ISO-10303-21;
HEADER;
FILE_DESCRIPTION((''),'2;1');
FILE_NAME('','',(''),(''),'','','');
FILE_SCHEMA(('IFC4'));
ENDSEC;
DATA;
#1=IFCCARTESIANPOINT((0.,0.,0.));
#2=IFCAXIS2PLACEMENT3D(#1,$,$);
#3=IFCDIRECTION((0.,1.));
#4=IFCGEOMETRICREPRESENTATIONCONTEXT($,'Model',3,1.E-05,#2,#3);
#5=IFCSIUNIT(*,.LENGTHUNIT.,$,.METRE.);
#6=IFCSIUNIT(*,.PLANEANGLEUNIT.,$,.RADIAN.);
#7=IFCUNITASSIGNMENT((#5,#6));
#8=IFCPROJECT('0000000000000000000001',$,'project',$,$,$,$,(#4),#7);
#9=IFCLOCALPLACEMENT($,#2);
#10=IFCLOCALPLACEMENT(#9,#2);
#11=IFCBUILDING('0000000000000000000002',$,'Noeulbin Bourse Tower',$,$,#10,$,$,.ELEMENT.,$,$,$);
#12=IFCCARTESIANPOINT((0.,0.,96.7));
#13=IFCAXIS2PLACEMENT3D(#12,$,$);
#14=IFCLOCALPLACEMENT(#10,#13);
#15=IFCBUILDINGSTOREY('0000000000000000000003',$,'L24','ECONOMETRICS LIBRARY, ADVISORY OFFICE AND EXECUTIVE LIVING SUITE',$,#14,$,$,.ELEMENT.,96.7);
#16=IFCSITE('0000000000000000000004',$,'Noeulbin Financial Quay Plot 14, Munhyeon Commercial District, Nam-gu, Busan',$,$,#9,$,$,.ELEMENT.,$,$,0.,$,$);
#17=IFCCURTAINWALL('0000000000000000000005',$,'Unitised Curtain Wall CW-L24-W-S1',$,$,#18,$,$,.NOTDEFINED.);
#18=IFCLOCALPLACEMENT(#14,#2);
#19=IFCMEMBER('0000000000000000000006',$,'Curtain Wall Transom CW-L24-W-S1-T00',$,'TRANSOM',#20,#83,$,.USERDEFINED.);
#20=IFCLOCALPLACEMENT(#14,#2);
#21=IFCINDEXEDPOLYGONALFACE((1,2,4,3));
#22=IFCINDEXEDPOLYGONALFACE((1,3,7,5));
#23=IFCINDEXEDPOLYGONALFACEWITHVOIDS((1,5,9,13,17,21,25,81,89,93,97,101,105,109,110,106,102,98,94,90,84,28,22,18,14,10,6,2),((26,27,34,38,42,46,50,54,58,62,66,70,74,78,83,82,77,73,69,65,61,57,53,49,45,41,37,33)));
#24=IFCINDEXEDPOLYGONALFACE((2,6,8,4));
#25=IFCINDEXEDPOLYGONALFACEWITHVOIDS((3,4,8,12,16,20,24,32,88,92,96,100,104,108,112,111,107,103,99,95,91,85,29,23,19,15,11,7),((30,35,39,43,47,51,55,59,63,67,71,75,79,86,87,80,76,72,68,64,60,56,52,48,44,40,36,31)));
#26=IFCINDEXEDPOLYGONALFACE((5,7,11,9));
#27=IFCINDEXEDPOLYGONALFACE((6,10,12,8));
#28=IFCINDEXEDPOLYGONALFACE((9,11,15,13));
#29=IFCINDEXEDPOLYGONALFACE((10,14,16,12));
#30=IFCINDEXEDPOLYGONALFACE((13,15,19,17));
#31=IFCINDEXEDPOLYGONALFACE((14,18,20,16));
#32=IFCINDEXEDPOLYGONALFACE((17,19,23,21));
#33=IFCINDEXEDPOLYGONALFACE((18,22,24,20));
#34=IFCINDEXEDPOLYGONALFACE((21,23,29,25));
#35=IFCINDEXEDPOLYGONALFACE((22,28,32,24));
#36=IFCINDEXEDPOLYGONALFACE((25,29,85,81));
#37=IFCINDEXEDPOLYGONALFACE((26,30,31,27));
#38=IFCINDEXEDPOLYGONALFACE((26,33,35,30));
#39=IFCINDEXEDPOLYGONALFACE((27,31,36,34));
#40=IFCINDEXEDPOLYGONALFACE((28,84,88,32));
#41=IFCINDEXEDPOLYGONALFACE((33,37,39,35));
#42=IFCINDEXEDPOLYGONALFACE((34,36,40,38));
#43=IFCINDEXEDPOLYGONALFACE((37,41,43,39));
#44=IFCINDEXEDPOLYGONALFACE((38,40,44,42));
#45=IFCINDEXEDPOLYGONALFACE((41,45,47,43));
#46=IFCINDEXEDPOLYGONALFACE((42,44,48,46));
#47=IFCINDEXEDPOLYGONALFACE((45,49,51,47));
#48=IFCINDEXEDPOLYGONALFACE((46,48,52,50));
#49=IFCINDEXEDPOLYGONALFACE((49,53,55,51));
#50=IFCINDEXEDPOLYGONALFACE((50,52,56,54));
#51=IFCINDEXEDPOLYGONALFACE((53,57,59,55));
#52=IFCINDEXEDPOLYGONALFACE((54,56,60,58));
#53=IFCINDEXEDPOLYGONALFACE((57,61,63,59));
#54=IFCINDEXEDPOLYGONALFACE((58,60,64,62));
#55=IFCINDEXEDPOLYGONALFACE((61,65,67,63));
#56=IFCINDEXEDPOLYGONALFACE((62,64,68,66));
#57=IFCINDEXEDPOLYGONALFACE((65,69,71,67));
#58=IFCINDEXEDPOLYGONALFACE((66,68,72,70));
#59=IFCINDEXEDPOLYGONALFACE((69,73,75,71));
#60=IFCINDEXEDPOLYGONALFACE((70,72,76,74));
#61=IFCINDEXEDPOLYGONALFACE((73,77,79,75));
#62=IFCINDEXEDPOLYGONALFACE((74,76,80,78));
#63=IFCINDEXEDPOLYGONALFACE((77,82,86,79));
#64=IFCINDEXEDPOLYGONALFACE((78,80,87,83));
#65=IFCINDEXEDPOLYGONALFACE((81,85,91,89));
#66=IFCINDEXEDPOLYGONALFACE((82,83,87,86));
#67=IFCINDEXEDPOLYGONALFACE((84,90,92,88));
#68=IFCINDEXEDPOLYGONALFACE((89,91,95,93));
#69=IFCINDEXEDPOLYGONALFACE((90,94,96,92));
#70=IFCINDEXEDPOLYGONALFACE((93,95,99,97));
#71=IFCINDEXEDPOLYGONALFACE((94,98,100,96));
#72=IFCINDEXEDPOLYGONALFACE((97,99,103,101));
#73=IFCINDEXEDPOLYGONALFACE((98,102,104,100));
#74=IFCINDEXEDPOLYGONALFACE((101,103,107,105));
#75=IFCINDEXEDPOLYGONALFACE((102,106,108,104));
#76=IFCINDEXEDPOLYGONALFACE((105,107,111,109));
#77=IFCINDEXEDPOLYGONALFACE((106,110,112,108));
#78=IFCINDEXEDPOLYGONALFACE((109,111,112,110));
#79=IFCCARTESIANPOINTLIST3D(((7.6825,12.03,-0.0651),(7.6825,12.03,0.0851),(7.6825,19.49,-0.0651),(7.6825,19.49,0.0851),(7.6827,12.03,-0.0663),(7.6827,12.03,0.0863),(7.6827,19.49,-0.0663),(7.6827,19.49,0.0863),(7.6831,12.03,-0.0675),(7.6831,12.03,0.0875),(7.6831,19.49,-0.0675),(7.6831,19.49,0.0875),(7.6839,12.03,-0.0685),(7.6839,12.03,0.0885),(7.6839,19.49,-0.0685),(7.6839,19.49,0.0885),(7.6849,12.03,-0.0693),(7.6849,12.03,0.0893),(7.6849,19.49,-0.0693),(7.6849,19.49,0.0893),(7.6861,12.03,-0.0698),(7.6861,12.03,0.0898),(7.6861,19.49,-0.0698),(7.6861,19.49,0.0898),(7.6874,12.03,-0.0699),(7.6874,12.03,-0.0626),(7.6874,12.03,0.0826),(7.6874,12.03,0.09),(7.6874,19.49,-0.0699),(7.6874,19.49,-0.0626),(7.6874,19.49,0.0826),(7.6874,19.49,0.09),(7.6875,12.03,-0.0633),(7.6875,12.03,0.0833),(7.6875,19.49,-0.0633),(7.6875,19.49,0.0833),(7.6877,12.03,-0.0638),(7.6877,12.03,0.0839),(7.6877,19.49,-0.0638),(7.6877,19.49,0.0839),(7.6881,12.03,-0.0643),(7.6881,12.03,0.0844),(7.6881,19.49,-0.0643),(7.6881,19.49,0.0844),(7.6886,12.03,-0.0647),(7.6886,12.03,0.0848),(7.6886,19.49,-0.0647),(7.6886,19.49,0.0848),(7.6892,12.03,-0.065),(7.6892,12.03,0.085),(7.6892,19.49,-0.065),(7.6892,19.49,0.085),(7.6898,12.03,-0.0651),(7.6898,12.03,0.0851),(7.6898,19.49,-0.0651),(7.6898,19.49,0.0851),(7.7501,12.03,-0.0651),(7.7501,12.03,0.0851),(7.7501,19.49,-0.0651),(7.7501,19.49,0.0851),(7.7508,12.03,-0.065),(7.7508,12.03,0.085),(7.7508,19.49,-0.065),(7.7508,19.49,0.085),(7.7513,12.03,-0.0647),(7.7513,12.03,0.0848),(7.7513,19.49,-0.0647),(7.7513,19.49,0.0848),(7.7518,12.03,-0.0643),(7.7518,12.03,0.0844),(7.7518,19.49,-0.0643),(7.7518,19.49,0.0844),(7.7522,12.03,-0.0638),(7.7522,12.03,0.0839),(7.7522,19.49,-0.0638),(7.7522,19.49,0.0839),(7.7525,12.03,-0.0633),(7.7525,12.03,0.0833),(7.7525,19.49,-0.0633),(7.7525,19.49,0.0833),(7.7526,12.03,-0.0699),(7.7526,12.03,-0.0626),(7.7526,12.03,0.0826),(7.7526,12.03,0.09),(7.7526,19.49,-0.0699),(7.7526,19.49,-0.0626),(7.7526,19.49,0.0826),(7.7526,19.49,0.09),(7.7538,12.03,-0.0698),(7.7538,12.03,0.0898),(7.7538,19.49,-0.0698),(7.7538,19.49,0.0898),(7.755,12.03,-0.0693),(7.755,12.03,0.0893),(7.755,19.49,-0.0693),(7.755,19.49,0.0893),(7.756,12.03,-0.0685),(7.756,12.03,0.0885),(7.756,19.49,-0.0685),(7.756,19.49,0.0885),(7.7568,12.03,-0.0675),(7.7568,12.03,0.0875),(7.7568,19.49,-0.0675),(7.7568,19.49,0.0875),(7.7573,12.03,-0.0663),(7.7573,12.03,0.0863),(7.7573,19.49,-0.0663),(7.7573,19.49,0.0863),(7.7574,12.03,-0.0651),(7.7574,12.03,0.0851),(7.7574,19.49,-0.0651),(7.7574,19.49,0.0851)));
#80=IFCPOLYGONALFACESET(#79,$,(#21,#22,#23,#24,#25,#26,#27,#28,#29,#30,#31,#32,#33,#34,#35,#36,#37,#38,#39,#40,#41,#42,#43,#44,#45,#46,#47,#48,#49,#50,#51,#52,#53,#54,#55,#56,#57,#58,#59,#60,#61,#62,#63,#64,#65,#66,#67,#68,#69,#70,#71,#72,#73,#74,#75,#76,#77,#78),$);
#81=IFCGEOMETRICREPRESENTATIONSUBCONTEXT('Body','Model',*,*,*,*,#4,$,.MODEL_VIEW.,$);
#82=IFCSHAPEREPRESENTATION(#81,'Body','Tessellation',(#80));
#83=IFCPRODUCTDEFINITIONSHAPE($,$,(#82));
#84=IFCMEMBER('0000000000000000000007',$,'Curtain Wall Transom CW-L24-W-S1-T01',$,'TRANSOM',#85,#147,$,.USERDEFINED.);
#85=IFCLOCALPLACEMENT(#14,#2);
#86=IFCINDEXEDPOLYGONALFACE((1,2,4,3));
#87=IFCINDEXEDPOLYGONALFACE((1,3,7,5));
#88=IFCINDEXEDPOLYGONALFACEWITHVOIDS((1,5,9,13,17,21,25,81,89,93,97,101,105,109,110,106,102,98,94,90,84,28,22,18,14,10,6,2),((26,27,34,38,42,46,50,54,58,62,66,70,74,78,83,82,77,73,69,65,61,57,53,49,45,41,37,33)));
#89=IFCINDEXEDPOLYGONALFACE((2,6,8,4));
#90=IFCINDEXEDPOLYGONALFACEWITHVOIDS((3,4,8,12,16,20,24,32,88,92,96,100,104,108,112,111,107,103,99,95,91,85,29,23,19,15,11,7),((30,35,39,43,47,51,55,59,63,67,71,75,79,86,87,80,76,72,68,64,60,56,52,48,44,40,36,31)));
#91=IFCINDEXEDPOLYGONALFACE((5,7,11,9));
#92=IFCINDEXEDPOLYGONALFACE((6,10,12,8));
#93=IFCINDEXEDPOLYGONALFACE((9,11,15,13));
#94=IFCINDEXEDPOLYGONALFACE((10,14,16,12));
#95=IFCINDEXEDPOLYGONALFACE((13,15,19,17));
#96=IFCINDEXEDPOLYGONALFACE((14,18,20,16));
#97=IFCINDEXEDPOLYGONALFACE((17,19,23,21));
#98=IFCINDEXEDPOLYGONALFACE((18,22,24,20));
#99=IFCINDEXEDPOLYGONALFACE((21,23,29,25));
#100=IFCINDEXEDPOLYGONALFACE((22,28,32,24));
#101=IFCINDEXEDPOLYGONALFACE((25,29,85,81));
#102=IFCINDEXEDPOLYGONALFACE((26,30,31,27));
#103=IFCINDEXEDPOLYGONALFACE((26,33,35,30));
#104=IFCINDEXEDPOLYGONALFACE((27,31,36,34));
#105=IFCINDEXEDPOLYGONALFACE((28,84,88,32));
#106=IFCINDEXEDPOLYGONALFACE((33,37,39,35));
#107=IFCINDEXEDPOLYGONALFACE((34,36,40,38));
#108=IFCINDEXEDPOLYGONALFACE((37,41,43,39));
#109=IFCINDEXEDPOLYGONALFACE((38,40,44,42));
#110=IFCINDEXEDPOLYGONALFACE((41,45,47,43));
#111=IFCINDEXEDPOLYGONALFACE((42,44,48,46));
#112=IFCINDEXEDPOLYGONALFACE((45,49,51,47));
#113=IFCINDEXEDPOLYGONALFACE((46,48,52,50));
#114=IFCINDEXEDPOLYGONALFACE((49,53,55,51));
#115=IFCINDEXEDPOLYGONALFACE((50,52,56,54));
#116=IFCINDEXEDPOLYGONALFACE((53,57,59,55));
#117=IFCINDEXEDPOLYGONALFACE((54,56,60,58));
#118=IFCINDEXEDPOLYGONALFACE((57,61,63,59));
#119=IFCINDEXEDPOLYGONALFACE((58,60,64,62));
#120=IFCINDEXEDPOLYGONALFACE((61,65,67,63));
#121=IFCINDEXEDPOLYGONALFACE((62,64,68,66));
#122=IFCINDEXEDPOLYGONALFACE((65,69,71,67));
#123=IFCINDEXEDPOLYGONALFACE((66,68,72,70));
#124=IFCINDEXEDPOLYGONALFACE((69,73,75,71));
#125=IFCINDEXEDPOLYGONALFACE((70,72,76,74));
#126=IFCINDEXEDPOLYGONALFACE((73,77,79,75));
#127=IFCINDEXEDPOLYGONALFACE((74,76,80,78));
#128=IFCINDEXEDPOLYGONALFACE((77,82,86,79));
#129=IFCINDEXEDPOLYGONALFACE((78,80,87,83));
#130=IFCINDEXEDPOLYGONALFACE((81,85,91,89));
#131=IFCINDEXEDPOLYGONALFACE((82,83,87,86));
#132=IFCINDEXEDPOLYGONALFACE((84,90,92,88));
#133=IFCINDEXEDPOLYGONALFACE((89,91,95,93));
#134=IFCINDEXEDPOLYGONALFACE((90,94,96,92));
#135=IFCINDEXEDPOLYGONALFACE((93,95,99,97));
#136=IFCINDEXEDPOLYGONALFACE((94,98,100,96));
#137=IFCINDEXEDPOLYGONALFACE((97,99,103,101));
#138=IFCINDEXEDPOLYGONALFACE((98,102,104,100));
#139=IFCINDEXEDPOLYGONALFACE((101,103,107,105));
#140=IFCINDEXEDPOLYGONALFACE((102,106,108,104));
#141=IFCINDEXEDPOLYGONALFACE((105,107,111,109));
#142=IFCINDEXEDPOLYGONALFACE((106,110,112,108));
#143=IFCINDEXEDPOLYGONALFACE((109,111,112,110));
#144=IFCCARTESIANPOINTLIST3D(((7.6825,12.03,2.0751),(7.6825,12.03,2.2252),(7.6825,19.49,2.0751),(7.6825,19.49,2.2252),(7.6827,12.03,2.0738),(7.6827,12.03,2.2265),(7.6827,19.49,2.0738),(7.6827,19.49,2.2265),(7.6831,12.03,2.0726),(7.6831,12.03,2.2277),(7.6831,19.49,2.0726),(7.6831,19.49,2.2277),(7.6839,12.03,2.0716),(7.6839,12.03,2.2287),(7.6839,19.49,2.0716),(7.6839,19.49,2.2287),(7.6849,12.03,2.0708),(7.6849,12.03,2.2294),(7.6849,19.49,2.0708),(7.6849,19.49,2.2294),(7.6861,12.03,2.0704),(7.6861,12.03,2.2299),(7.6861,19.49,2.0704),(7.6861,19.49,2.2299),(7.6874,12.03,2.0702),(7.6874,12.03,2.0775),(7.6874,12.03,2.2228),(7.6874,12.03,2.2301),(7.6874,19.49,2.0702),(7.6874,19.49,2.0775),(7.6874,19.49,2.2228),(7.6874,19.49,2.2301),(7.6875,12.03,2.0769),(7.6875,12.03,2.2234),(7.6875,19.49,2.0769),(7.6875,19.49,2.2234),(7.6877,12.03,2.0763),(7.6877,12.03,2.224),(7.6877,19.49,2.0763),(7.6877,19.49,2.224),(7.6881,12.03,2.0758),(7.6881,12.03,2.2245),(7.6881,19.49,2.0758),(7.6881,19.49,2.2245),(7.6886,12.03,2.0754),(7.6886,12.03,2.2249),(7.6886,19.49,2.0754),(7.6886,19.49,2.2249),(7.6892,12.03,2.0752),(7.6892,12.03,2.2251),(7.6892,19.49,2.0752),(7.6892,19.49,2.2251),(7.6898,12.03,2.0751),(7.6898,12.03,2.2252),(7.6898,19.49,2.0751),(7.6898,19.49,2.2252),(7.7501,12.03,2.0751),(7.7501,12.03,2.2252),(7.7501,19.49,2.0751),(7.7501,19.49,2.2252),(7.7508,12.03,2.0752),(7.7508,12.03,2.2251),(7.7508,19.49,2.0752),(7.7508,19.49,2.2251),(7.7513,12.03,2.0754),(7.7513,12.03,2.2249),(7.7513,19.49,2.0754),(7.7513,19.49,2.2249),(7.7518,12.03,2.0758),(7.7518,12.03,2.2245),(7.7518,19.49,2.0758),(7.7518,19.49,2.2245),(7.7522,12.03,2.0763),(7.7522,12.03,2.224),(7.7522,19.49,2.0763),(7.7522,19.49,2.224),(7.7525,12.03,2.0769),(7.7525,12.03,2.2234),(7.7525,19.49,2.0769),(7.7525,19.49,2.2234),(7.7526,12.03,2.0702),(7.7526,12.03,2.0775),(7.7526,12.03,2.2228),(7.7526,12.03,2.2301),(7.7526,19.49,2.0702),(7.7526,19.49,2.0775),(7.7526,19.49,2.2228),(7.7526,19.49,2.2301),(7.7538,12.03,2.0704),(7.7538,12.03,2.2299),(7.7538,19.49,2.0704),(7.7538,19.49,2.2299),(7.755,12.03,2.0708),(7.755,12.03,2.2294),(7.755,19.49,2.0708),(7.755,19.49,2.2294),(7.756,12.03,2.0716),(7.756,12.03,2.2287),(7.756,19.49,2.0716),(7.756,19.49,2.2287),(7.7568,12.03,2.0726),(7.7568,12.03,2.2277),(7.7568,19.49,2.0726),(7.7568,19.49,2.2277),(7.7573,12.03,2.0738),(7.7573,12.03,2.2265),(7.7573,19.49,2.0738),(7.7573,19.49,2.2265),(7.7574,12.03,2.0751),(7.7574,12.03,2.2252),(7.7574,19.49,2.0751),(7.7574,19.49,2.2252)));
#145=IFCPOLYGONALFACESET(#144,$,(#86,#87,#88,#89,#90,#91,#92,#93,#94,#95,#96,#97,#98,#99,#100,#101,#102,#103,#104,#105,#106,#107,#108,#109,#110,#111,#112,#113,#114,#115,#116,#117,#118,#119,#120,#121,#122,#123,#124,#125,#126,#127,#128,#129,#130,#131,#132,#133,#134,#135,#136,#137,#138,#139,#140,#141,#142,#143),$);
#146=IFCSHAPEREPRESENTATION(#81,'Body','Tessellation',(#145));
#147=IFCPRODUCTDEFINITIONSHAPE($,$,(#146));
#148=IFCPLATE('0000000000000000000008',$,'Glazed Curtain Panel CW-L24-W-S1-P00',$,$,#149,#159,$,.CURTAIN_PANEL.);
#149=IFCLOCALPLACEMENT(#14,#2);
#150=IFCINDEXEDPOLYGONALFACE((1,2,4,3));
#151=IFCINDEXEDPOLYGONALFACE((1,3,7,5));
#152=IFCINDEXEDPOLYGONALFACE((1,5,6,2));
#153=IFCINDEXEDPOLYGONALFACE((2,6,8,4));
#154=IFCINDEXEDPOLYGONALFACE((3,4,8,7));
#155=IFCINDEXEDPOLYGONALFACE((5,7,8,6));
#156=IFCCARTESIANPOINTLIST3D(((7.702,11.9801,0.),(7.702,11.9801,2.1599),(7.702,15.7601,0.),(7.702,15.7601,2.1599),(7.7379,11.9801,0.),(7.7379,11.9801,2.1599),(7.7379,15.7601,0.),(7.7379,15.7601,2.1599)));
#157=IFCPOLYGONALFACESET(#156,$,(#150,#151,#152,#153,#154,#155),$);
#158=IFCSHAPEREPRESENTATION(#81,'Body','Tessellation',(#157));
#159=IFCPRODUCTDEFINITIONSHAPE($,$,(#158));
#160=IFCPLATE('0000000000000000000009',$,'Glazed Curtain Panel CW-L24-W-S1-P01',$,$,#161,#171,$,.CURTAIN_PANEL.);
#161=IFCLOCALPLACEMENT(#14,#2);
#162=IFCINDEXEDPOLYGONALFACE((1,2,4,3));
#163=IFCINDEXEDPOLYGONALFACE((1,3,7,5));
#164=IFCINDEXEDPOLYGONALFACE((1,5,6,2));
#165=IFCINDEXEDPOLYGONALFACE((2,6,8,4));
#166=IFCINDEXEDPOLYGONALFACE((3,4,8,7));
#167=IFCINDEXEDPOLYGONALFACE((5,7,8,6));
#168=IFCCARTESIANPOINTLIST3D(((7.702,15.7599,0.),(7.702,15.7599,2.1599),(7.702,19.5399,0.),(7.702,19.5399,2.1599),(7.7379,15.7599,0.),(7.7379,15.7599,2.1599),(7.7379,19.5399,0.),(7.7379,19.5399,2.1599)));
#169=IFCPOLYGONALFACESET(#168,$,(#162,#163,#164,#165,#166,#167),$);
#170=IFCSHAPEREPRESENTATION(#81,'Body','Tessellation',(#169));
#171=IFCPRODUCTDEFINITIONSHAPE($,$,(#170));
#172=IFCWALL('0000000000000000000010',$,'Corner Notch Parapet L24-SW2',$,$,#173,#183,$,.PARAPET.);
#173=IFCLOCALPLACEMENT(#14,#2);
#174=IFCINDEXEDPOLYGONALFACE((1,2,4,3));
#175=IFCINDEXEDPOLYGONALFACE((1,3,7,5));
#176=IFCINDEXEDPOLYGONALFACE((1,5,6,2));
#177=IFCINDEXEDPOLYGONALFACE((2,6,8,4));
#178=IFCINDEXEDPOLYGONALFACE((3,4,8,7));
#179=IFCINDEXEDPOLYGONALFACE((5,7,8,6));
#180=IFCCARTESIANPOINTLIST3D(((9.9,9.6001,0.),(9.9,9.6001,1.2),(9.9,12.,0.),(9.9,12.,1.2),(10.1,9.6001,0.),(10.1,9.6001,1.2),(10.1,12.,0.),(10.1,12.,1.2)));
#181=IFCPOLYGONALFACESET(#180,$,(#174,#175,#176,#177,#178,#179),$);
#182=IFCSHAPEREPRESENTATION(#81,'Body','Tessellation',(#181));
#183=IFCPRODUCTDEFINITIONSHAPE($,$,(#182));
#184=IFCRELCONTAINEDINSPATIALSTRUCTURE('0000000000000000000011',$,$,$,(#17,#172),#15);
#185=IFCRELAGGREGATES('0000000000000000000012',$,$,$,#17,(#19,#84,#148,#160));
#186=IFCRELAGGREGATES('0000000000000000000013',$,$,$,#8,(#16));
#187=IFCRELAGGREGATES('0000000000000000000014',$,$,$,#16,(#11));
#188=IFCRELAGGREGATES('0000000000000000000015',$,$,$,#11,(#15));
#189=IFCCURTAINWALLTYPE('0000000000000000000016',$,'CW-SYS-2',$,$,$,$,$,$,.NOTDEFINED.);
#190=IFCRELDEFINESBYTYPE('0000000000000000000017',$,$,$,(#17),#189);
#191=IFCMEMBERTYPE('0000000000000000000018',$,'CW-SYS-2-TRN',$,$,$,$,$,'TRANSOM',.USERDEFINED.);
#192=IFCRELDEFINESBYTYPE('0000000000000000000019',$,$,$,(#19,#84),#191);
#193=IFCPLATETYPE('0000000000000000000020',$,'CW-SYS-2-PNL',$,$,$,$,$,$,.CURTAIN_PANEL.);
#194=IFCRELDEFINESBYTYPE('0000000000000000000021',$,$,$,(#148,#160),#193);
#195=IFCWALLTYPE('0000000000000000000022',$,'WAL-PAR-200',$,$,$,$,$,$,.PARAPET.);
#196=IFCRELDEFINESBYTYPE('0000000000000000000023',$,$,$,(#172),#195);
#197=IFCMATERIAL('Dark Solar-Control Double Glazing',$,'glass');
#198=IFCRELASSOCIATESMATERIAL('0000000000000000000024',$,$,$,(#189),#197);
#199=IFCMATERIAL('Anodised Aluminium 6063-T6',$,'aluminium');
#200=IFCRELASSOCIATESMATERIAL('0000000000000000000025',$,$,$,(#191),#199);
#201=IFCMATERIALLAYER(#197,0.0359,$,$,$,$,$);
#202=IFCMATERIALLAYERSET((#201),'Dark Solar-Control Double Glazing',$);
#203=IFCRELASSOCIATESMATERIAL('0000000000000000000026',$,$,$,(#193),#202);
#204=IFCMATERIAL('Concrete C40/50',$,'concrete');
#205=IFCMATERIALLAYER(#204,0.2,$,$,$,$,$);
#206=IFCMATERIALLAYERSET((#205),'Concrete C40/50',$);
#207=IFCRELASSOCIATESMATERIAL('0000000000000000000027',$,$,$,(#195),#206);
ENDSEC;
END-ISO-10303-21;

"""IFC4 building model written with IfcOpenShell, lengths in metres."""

from ifc_helpers import new_model, si_unit, direction, frame, frame_2d, origin, origin_2d, place, context, subcontext, project, spatial, rectangle, hollow_rectangle, extrude, material, layer, layer_set, material_profile, profile_set, type_object, element, aggregate, save


model = new_model("IFC4")

# Units and contexts
model_context = context("Model", 3, precision=1e-05, world=origin(), true_north=direction((0.0, 1.0)))
body_context = subcontext(model_context, "Body", "Model", "MODEL_VIEW")
ifc_project = project(units=[si_unit("LENGTHUNIT", "METRE"), si_unit("PLANEANGLEUNIT", "RADIAN")], contexts=[model_context])

# Site, building, storey
site_placement = place(None, origin())
site = spatial("IfcSite", under=ifc_project, at=site_placement, Name="Noeulbin Financial Quay Plot 14, Munhyeon Commercial District, Nam-gu, Busan", CompositionType="ELEMENT", RefElevation=0.0)
building_placement = place(site_placement, origin())
building = spatial("IfcBuilding", under=site, at=building_placement, Name="Noeulbin Bourse Tower", CompositionType="ELEMENT")
storey_placement = place(building_placement, frame((0.0, 0.0, 96.7)))
storey = spatial("IfcBuildingStorey", under=building, at=storey_placement, Name="L24", Description="ECONOMETRICS LIBRARY, ADVISORY OFFICE AND EXECUTIVE LIVING SUITE", CompositionType="ELEMENT", Elevation=96.7)

# Curtain wall, members, plates
ifc_material_1 = material(Name="Dark Solar-Control Double Glazing", Category="glass")
curtain_wall_type = type_object("IfcCurtainWallType", Name="CW-SYS-2", PredefinedType="NOTDEFINED", material=ifc_material_1)
curtain_wall_placement = place(storey_placement, origin())
curtain_wall = element("IfcCurtainWall", 1, at=curtain_wall_placement, inside=storey, type_object=curtain_wall_type, Name="Unitised Curtain Wall CW-L24-W-S1", PredefinedType="NOTDEFINED")
ifc_material_2 = material(Name="Anodised Aluminium 6063-T6", Category="aluminium")
ifc_material_profile_1 = material_profile(ifc_material_2, hollow_rectangle(XDim=0.075, YDim=0.1599, WallThickness=0.0049, InnerFilletRadius=0.0024, OuterFilletRadius=0.0049, at=origin_2d()), Name="ALU-TRAN-75x160x5", Category="LoadBearing")
ifc_profile_set_1 = profile_set([ifc_material_profile_1], Name="Anodised Aluminium 6063-T6")
member_type_1 = type_object("IfcMemberType", Name="CW-SYS-2-TRN", ElementType="TRANSOM", PredefinedType="USERDEFINED", material=ifc_profile_set_1)
member_1_placement = place(storey_placement, frame((7.72, 12.03, 0.01), z_axis=(0.0, 1.0, 0.0), x_axis=(-1.0, 0.0, 0.0)))
member_1 = element("IfcMember", 2, at=member_1_placement, type_object=member_type_1, Name="Curtain Wall Transom CW-L24-W-S1-T00", ObjectType="TRANSOM", PredefinedType="USERDEFINED", context=body_context, shape_type="SweptSolid", body=[
    extrude(hollow_rectangle(XDim=0.075, YDim=0.1599, WallThickness=0.0049, InnerFilletRadius=0.0024, OuterFilletRadius=0.0049, at=origin_2d()), origin(), (0.0, 0.0, 1.0), 7.46),
])
member_2_placement = place(storey_placement, frame((7.72, 12.03, 2.1501), z_axis=(0.0, 1.0, 0.0), x_axis=(-1.0, 0.0, 0.0)))
member_2 = element("IfcMember", 3, at=member_2_placement, type_object=member_type_1, Name="Curtain Wall Transom CW-L24-W-S1-T01", ObjectType="TRANSOM", PredefinedType="USERDEFINED", context=body_context, shape_type="SweptSolid", body=[
    extrude(hollow_rectangle(XDim=0.075, YDim=0.1599, WallThickness=0.0049, InnerFilletRadius=0.0024, OuterFilletRadius=0.0049, at=origin_2d()), origin(), (0.0, 0.0, 1.0), 7.46),
])
ifc_layer_1 = layer(ifc_material_1, 0.0359)
ifc_layer_set_1 = layer_set([ifc_layer_1], Name="Dark Solar-Control Double Glazing")
plate_type = type_object("IfcPlateType", Name="CW-SYS-2-PNL", PredefinedType="CURTAIN_PANEL", material=ifc_layer_set_1)
plate_1_placement = place(storey_placement, frame((7.72, 13.8701, 0.0), z_axis=(0.0, 0.0, 1.0), x_axis=(0.0, 1.0, 0.0)))
plate_1 = element("IfcPlate", 4, at=plate_1_placement, type_object=plate_type, Name="Glazed Curtain Panel CW-L24-W-S1-P00", PredefinedType="CURTAIN_PANEL", context=body_context, shape_type="SweptSolid", body=[
    extrude(rectangle(XDim=3.78, YDim=0.0359, at=origin_2d()), origin(), (0.0, 0.0, 1.0), 2.1599),
])
plate_2_placement = place(storey_placement, frame((7.72, 17.6499, 0.0), z_axis=(0.0, 0.0, 1.0), x_axis=(0.0, 1.0, 0.0)))
plate_2 = element("IfcPlate", 5, at=plate_2_placement, type_object=plate_type, Name="Glazed Curtain Panel CW-L24-W-S1-P01", PredefinedType="CURTAIN_PANEL", context=body_context, shape_type="SweptSolid", body=[
    extrude(rectangle(XDim=3.78, YDim=0.0359, at=origin_2d()), origin(), (0.0, 0.0, 1.0), 2.1599),
])
aggregate(curtain_wall, [member_1, member_2, plate_1, plate_2])

# Wall
ifc_material_3 = material(Name="Concrete C40/50", Category="concrete")
ifc_layer_2 = layer(ifc_material_3, 0.2)
ifc_layer_set_2 = layer_set([ifc_layer_2], Name="Concrete C40/50")
wall_type_1 = type_object("IfcWallType", Name="WAL-PAR-200", PredefinedType="PARAPET", material=ifc_layer_set_2)
wall_1_placement = place(storey_placement, frame((10.0, 12.0, 0.0), z_axis=(0.0, 0.0, 1.0), x_axis=(0.0, -1.0, 0.0)))
element("IfcWall", 6, at=wall_1_placement, inside=storey, type_object=wall_type_1, Name="Corner Notch Parapet L24-SW2", PredefinedType="PARAPET", context=body_context, shape_type="SweptSolid", body=[
    extrude(rectangle(XDim=2.3999, YDim=0.2, at=frame_2d((1.2, 0.0))), origin(), (0.0, 0.0, 1.0), 1.2),
])

save(model, "model.ifc")
